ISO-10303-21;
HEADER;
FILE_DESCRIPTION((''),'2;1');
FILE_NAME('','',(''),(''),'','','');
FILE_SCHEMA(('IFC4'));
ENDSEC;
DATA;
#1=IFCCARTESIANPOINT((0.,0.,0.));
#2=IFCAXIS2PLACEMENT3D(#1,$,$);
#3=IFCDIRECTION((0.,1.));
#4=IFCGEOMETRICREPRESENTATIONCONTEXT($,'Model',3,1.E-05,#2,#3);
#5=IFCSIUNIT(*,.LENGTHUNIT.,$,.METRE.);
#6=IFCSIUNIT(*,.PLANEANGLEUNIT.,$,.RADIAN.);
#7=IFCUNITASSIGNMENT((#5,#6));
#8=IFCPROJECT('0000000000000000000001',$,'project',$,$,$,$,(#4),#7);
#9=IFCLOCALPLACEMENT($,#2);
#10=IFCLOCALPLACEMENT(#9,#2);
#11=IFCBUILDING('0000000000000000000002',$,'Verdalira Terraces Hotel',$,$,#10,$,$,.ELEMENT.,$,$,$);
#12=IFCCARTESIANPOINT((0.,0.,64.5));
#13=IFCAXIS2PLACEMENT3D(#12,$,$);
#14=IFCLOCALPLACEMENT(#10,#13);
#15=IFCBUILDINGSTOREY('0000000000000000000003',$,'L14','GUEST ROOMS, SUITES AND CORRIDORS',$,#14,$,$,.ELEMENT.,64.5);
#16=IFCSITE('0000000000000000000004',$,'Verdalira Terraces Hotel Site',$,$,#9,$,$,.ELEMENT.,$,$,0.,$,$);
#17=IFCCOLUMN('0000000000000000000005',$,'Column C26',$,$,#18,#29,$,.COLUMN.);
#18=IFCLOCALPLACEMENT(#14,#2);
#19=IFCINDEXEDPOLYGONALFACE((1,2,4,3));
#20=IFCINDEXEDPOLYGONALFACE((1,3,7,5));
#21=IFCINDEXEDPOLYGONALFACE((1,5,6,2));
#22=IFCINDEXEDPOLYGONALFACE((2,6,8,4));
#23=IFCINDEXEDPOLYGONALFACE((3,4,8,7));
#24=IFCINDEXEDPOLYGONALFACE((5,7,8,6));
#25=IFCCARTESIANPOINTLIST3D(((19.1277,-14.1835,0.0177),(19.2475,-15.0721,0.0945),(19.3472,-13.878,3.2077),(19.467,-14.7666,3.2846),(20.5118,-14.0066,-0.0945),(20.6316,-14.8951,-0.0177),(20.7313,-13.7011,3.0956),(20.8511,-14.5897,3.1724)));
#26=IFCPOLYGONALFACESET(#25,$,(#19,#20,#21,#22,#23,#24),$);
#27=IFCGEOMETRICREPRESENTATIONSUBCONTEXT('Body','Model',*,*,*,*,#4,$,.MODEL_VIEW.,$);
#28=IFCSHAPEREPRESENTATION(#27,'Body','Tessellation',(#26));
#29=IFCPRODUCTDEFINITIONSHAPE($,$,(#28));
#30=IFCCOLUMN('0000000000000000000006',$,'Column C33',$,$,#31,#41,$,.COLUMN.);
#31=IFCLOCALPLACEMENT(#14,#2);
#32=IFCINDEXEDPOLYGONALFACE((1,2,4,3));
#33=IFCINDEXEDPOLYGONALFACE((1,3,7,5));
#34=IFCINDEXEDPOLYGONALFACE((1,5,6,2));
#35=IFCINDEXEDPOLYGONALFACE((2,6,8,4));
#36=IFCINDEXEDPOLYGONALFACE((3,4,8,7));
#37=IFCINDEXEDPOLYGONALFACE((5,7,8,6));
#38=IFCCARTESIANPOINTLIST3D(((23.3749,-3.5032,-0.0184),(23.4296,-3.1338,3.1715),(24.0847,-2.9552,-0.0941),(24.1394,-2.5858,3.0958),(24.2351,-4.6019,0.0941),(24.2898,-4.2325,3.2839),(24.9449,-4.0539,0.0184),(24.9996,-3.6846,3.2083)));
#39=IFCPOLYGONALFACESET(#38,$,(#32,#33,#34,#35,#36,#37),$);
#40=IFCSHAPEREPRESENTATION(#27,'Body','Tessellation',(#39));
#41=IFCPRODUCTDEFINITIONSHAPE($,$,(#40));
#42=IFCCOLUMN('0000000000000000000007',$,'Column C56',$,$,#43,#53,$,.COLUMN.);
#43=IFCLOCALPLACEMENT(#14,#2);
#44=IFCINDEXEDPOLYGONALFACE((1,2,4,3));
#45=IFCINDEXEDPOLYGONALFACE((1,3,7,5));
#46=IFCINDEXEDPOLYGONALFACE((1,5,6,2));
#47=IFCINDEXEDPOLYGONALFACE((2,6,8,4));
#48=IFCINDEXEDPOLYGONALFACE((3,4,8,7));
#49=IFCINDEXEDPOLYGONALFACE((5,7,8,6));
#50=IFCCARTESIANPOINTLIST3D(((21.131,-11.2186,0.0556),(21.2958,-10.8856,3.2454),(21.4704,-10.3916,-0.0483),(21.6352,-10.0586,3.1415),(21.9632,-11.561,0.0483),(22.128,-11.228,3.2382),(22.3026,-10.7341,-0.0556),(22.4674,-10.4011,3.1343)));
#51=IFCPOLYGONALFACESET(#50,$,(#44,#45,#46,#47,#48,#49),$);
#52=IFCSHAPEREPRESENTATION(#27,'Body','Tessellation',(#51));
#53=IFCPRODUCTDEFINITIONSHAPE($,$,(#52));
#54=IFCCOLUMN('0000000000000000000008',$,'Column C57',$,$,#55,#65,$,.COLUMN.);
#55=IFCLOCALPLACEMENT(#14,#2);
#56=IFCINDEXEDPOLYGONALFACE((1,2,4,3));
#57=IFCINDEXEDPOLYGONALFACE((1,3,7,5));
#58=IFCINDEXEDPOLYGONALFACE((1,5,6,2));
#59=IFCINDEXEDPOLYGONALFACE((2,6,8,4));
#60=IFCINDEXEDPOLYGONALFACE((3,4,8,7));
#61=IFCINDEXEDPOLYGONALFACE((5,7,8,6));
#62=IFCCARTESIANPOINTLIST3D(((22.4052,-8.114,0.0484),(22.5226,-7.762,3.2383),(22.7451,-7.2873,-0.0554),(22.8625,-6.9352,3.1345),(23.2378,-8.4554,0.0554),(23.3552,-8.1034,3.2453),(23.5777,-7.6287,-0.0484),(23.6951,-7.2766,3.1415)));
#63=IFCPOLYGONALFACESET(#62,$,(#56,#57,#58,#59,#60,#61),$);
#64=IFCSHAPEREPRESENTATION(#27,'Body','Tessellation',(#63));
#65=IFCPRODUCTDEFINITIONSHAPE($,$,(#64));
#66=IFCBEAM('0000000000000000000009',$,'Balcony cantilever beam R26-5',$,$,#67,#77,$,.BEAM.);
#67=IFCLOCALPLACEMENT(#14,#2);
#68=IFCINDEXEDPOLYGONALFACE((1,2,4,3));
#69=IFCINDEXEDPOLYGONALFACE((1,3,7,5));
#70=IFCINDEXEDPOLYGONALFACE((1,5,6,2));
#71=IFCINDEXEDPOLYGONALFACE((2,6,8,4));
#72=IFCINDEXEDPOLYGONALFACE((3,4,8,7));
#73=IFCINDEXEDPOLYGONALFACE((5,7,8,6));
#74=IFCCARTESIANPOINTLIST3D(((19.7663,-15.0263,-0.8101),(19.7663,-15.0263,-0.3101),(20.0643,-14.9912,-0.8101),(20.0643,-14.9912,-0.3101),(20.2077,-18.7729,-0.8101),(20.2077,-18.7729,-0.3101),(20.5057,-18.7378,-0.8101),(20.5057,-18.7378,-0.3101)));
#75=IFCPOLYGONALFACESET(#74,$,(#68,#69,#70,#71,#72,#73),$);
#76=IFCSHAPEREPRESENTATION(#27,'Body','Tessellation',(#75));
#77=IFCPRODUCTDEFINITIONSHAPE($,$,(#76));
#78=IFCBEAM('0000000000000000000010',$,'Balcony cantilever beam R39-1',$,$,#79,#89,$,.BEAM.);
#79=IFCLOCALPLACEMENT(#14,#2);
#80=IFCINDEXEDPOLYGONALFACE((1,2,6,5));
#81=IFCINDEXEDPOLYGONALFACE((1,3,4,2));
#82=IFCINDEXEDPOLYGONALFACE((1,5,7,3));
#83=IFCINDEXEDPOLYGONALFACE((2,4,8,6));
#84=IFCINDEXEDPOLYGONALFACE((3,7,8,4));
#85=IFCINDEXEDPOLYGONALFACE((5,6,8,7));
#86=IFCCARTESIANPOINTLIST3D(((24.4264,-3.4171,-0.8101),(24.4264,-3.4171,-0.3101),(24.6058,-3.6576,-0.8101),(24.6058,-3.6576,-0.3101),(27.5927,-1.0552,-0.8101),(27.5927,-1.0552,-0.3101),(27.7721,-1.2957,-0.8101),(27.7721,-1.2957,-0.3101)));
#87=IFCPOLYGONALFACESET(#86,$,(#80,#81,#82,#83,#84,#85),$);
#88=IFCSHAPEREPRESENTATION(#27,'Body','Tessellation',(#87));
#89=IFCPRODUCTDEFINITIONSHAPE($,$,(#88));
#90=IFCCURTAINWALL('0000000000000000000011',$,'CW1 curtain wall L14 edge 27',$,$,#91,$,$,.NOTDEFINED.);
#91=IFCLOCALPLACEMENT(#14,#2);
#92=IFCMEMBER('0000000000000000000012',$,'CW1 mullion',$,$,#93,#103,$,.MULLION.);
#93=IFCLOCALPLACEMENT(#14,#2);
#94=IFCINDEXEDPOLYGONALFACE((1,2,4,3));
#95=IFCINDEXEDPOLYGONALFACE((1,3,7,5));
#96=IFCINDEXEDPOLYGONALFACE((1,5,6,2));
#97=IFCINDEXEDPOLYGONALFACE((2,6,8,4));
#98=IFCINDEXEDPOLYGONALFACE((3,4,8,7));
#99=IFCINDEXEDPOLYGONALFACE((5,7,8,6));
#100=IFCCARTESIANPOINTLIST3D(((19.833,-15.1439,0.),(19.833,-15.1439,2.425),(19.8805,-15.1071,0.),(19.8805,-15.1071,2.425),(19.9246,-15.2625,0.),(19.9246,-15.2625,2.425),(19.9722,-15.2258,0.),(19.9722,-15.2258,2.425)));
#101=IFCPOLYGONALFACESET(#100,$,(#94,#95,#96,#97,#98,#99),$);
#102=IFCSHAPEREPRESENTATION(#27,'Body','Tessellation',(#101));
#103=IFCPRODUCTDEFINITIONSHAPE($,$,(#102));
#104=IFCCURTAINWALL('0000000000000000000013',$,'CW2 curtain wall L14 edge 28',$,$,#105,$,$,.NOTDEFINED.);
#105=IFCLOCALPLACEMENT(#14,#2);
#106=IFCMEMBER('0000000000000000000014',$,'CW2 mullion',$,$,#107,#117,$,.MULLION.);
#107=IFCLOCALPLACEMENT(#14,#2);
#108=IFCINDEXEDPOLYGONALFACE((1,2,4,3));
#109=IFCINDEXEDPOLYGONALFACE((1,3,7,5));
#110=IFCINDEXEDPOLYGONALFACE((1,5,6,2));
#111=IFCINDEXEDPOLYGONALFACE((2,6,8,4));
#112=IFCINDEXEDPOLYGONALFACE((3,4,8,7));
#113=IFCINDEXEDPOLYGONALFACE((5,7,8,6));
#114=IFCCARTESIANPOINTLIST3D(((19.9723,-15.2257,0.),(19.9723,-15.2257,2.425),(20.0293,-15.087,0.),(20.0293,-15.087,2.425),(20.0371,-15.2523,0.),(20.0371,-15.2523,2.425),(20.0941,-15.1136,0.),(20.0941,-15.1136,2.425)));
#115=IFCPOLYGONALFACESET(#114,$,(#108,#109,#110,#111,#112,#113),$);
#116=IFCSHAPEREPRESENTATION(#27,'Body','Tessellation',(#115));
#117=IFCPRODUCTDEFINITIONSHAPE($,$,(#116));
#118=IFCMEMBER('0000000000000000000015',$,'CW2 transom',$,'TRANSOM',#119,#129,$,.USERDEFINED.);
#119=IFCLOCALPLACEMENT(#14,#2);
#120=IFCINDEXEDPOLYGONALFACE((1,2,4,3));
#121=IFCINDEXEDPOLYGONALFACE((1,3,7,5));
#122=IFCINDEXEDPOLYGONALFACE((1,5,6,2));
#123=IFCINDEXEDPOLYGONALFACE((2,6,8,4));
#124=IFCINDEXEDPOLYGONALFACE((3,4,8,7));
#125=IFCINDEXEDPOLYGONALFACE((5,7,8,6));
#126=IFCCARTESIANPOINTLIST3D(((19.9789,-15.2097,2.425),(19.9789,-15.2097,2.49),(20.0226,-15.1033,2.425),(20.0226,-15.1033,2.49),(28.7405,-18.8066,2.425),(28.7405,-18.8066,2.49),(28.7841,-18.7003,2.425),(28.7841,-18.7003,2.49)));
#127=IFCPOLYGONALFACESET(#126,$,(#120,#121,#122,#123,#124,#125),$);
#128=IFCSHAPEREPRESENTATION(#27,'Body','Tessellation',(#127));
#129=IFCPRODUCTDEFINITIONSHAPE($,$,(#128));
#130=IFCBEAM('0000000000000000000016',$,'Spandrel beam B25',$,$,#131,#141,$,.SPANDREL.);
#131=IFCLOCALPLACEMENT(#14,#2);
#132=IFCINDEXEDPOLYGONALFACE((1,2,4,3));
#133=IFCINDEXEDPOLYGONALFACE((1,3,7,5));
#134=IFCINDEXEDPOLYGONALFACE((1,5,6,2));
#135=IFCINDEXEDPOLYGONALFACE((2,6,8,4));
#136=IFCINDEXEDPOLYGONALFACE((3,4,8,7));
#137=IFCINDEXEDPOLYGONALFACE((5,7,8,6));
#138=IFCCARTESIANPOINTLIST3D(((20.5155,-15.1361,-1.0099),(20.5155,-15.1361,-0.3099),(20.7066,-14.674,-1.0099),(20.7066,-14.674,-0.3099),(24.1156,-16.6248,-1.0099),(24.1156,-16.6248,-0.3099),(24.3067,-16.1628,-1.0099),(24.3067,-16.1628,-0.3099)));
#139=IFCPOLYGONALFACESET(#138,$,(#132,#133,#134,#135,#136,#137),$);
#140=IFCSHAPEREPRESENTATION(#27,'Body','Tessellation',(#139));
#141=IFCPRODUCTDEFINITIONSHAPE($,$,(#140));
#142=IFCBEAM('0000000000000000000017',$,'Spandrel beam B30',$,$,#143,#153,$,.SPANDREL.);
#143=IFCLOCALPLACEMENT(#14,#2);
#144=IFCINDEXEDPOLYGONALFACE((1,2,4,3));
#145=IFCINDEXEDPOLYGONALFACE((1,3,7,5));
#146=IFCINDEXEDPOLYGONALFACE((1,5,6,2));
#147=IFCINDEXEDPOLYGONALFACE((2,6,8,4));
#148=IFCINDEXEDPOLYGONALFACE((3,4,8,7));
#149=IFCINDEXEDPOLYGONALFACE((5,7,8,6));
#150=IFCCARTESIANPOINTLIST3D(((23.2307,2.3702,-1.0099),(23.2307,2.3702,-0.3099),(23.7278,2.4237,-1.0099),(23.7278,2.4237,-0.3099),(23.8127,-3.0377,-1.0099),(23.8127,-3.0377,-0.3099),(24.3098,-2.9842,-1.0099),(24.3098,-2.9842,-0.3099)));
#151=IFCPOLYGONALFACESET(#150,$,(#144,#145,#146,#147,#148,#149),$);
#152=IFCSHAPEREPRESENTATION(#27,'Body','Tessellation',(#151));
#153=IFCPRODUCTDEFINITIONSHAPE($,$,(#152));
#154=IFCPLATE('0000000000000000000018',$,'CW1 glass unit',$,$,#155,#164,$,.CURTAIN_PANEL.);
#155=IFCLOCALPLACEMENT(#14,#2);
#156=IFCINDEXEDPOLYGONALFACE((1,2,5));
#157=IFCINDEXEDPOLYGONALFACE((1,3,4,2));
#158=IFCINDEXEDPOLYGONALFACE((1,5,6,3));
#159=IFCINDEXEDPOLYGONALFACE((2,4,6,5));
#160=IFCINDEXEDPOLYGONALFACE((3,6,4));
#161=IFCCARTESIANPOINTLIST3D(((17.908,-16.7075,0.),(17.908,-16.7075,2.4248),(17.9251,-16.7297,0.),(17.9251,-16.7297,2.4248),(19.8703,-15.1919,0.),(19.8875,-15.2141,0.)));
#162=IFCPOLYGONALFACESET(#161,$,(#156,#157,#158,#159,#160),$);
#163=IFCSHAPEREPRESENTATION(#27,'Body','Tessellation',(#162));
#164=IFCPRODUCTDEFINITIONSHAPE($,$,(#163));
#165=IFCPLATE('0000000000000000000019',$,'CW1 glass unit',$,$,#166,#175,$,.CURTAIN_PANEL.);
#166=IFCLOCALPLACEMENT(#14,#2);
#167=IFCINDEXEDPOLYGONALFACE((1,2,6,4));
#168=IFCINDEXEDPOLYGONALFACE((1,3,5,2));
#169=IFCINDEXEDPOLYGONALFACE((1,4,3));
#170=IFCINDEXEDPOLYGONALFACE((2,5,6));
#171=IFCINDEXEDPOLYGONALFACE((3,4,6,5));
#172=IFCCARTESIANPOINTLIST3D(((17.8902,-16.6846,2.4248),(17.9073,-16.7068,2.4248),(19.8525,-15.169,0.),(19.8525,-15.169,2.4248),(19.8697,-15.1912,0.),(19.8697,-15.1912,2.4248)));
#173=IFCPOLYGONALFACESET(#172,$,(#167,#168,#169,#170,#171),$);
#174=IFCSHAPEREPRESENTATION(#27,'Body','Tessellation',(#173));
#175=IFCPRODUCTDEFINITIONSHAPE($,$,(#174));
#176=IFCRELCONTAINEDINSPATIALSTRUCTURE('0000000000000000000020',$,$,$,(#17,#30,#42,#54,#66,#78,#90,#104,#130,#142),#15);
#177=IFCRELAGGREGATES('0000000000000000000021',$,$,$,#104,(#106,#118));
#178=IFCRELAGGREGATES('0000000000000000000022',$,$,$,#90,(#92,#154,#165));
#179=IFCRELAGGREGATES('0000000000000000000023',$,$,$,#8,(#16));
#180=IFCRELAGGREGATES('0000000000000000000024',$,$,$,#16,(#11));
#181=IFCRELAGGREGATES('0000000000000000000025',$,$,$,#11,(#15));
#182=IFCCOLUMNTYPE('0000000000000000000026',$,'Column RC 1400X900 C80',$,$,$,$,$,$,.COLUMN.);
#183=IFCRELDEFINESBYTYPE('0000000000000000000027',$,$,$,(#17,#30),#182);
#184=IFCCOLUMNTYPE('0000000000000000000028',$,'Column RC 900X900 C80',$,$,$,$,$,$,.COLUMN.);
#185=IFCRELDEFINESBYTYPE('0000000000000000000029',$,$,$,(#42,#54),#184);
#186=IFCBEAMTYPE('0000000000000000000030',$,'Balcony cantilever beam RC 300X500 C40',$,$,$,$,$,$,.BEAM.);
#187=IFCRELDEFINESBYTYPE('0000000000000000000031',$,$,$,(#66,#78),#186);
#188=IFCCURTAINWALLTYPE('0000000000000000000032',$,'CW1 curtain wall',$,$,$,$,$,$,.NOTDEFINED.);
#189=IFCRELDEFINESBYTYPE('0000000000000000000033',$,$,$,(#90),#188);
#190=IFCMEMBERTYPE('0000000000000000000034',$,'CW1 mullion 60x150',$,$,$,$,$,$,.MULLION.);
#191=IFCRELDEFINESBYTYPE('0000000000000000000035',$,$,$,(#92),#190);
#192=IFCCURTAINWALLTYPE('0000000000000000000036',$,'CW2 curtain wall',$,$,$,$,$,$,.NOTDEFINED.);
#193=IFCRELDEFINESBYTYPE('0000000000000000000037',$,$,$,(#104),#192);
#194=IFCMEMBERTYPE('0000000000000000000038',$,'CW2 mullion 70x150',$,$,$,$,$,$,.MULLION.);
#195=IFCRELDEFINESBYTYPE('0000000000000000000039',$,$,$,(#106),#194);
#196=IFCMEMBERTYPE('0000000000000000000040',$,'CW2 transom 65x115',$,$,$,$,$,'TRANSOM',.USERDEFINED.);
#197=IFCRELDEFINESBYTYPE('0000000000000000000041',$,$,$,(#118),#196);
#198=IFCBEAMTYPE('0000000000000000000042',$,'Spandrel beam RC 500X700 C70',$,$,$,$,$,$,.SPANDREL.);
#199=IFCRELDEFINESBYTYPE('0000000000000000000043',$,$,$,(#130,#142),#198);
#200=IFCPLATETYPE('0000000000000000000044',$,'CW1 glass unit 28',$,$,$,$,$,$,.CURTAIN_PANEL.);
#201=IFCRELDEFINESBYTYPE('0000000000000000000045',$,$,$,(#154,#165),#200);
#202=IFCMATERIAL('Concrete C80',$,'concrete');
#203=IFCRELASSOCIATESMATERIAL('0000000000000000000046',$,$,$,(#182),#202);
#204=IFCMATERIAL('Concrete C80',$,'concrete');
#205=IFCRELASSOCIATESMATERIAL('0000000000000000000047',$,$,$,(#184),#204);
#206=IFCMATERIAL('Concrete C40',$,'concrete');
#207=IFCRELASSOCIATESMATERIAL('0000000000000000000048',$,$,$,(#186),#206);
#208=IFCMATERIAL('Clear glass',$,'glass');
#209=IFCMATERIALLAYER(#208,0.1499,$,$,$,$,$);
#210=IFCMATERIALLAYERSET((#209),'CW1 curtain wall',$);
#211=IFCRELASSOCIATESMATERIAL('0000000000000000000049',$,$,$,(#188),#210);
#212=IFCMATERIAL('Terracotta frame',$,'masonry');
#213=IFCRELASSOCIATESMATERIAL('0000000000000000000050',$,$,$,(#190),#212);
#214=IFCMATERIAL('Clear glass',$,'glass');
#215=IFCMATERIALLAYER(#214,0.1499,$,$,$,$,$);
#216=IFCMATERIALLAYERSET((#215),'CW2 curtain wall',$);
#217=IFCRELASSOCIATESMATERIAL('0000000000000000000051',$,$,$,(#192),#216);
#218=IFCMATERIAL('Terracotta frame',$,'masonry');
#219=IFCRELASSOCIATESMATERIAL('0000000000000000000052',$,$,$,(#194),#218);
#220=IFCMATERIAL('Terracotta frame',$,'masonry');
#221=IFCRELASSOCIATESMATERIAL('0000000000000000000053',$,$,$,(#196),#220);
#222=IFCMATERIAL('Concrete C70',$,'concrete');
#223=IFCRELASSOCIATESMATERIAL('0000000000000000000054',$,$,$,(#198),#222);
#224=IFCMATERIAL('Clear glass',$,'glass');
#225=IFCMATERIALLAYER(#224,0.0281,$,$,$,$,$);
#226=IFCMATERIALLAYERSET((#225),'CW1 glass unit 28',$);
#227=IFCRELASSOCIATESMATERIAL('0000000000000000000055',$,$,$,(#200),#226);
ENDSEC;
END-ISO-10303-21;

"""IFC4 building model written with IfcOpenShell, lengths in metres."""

from ifc_helpers import new_model, si_unit, direction, frame, origin, origin_2d, place, context, subcontext, project, spatial, polyline, rectangle, outline, extrude, material, layer, layer_set, material_profile, profile_set, type_object, element, aggregate, save


model = new_model("IFC4")

# Units and contexts
model_context = context("Model", 3, precision=1e-05, world=origin(), true_north=direction((0.0, 1.0)))
body_context = subcontext(model_context, "Body", "Model", "MODEL_VIEW")
ifc_project = project(units=[si_unit("LENGTHUNIT", "METRE"), si_unit("PLANEANGLEUNIT", "RADIAN")], contexts=[model_context])

# Site, building, storey
site_placement = place(None, origin())
site = spatial("IfcSite", under=ifc_project, at=site_placement, Name="Verdalira Terraces Hotel Site", CompositionType="ELEMENT", RefElevation=0.0)
building_placement = place(site_placement, origin())
building = spatial("IfcBuilding", under=site, at=building_placement, Name="Verdalira Terraces Hotel", CompositionType="ELEMENT")
storey_placement = place(building_placement, frame((0.0, 0.0, 64.5)))
storey = spatial("IfcBuildingStorey", under=building, at=storey_placement, Name="L14", Description="GUEST ROOMS, SUITES AND CORRIDORS", CompositionType="ELEMENT", Elevation=64.5)

# Columns
ifc_material_1 = material(Name="Concrete C80", Category="concrete")
ifc_material_profile_1 = material_profile(ifc_material_1, rectangle(XDim=1.3999, YDim=0.8999, at=origin_2d()), Name="RC 1400X900")
ifc_profile_set_1 = profile_set([ifc_material_profile_1], Name="Concrete C80")
column_type_1 = type_object("IfcColumnType", Name="Column RC 1400X900 C80", PredefinedType="COLUMN", material=ifc_profile_set_1)
column_1_placement = place(storey_placement, frame((19.8796, -14.5393, 0.0), z_axis=(0.068331, 0.095086, 0.993121), x_axis=(-0.988741, -0.126373, 0.080129)))
element("IfcColumn", 1, at=column_1_placement, inside=storey, type_object=column_type_1, Name="Column C26", PredefinedType="COLUMN", context=body_context, shape_type="SweptSolid", body=[
    extrude(rectangle(XDim=1.3999, YDim=0.8999, at=origin_2d()), origin(), (0.0, 0.0, 1.0), 3.2122),
])
column_2_placement = place(storey_placement, frame((24.1599, -3.7786, 0.0), z_axis=(0.017027, 0.115011, 0.993218), x_axis=(0.614451, -0.784853, 0.080349)))
element("IfcColumn", 2, at=column_2_placement, inside=storey, type_object=column_type_1, Name="Column C33", PredefinedType="COLUMN", context=body_context, shape_type="SweptSolid", body=[
    extrude(rectangle(XDim=1.3999, YDim=0.8999, at=origin_2d()), origin(), (0.0, 0.0, 1.0), 3.2117),
])
ifc_material_2 = material(Name="Concrete C80", Category="concrete")
ifc_material_profile_2 = material_profile(ifc_material_2, rectangle(XDim=0.8999, YDim=0.8999, at=origin_2d()), Name="RC 900X900")
ifc_profile_set_2 = profile_set([ifc_material_profile_2], Name="Concrete C80")
column_type_2 = type_object("IfcColumnType", Name="Column RC 900X900 C80", PredefinedType="COLUMN", material=ifc_profile_set_2)
for number, where, z_axis, x_axis, name in (
    (3, (21.7168, -10.9763, 0.0), (0.051314, 0.103692, 0.993285), (0.92472, -0.380563, -0.008044), "Column C56"),
    (4, (22.9915, -7.8713, 0.0), (0.036566, 0.109623, 0.9933), (0.925211, -0.379373, 0.007809), "Column C57"),
):
    element("IfcColumn", number, at=place(storey_placement, frame(where, z_axis=z_axis, x_axis=x_axis)), inside=storey, type_object=column_type_2, Name=name, PredefinedType="COLUMN", context=body_context, shape_type="SweptSolid", body=[
        extrude(rectangle(XDim=0.8999, YDim=0.8999, at=origin_2d()), origin(), (0.0, 0.0, 1.0), 3.2114),
    ])

# Beams
ifc_material_3 = material(Name="Concrete C40", Category="concrete")
ifc_material_profile_3 = material_profile(ifc_material_3, rectangle(XDim=0.3, YDim=0.5, at=origin_2d()), Name="RC 300X500")
ifc_profile_set_3 = profile_set([ifc_material_profile_3], Name="Concrete C40")
beam_type_1 = type_object("IfcBeamType", Name="Balcony cantilever beam RC 300X500 C40", PredefinedType="BEAM", material=ifc_profile_set_3)
beam_1_placement = place(storey_placement, frame((19.9153, -15.0088, -0.5601), z_axis=(0.117006, -0.993131, 0.0), x_axis=(0.993131, 0.117006, 0.0)))
element("IfcBeam", 5, at=beam_1_placement, inside=storey, type_object=beam_type_1, Name="Balcony cantilever beam R26-5", PredefinedType="BEAM", context=body_context, shape_type="SweptSolid", body=[
    extrude(rectangle(XDim=0.3, YDim=0.5, at=origin_2d()), origin(), (0.0, 0.0, 1.0), 3.7725),
])
beam_2_placement = place(storey_placement, frame((24.5161, -3.5374, -0.5601), z_axis=(0.801562, 0.597911, 0.0), x_axis=(-0.597911, 0.801562, 0.0)))
element("IfcBeam", 6, at=beam_2_placement, inside=storey, type_object=beam_type_1, Name="Balcony cantilever beam R39-1", PredefinedType="BEAM", context=body_context, shape_type="SweptSolid", body=[
    extrude(rectangle(XDim=0.3, YDim=0.5, at=origin_2d()), origin(), (0.0, 0.0, 1.0), 3.9502),
])

# Curtain wall, member
ifc_material_4 = material(Name="Clear glass", Category="glass")
ifc_layer_1 = layer(ifc_material_4, 0.1499)
ifc_layer_set_1 = layer_set([ifc_layer_1], Name="CW1 curtain wall")
curtain_wall_type_1 = type_object("IfcCurtainWallType", Name="CW1 curtain wall", PredefinedType="NOTDEFINED", material=ifc_layer_set_1)
curtain_wall_1_placement = place(storey_placement, origin())
curtain_wall_1 = element("IfcCurtainWall", 7, at=curtain_wall_1_placement, inside=storey, type_object=curtain_wall_type_1, Name="CW1 curtain wall L14 edge 27", PredefinedType="NOTDEFINED")
ifc_material_5 = material(Name="Terracotta frame", Category="masonry")
ifc_material_profile_4 = material_profile(ifc_material_5, rectangle(XDim=0.0601, YDim=0.1499, at=origin_2d()), Name="MU 60x150")
ifc_profile_set_4 = profile_set([ifc_material_profile_4], Name="Terracotta frame")
member_type_1 = type_object("IfcMemberType", Name="CW1 mullion 60x150", PredefinedType="MULLION", material=ifc_profile_set_4)
member_1_placement = place(storey_placement, frame((19.9026, -15.1848, 0.0), z_axis=(0.0, 0.0, 1.0), x_axis=(0.791437, 0.611251, 0.0)))
member_1 = element("IfcMember", 8, at=member_1_placement, type_object=member_type_1, Name="CW1 mullion", PredefinedType="MULLION", context=body_context, shape_type="SweptSolid", body=[
    extrude(rectangle(XDim=0.0601, YDim=0.1499, at=origin_2d()), origin(), (0.0, 0.0, 1.0), 2.425),
])

# Curtain wall, members
ifc_material_6 = material(Name="Clear glass", Category="glass")
ifc_layer_2 = layer(ifc_material_6, 0.1499)
ifc_layer_set_2 = layer_set([ifc_layer_2], Name="CW2 curtain wall")
curtain_wall_type_2 = type_object("IfcCurtainWallType", Name="CW2 curtain wall", PredefinedType="NOTDEFINED", material=ifc_layer_set_2)
curtain_wall_2_placement = place(storey_placement, origin())
curtain_wall_2 = element("IfcCurtainWall", 9, at=curtain_wall_2_placement, inside=storey, type_object=curtain_wall_type_2, Name="CW2 curtain wall L14 edge 28", PredefinedType="NOTDEFINED")
ifc_material_7 = material(Name="Terracotta frame", Category="masonry")
ifc_material_profile_5 = material_profile(ifc_material_7, rectangle(XDim=0.0701, YDim=0.1499, at=origin_2d()), Name="MU 70x150")
ifc_profile_set_5 = profile_set([ifc_material_profile_5], Name="Terracotta frame")
member_type_2 = type_object("IfcMemberType", Name="CW2 mullion 70x150", PredefinedType="MULLION", material=ifc_profile_set_5)
member_2_placement = place(storey_placement, frame((20.0332, -15.1697, 0.0), z_axis=(0.0, 0.0, 1.0), x_axis=(0.925077, -0.379779, 0.0)))
member_2 = element("IfcMember", 10, at=member_2_placement, type_object=member_type_2, Name="CW2 mullion", PredefinedType="MULLION", context=body_context, shape_type="SweptSolid", body=[
    extrude(rectangle(XDim=0.0701, YDim=0.1499, at=origin_2d()), origin(), (0.0, 0.0, 1.0), 2.425),
])
ifc_material_8 = material(Name="Terracotta frame", Category="masonry")
ifc_material_profile_6 = material_profile(ifc_material_8, rectangle(XDim=0.115, YDim=0.0649, at=origin_2d()), Name="TR 65x115")
ifc_profile_set_6 = profile_set([ifc_material_profile_6], Name="Terracotta frame")
member_type_3 = type_object("IfcMemberType", Name="CW2 transom 65x115", ElementType="TRANSOM", PredefinedType="USERDEFINED", material=ifc_profile_set_6)
member_3_placement = place(storey_placement, frame((20.0007, -15.1565, 2.4575), z_axis=(0.925077, -0.37978, 0.0), x_axis=(0.37978, 0.925077, 0.0)))
member_3 = element("IfcMember", 11, at=member_3_placement, type_object=member_type_3, Name="CW2 transom", ObjectType="TRANSOM", PredefinedType="USERDEFINED", context=body_context, shape_type="SweptSolid", body=[
    extrude(rectangle(XDim=0.115, YDim=0.0649, at=origin_2d()), origin(), (0.0, 0.0, 1.0), 9.4712),
])
aggregate(curtain_wall_2, [member_2, member_3])

# Beams
ifc_material_9 = material(Name="Concrete C70", Category="concrete")
ifc_material_profile_7 = material_profile(ifc_material_9, rectangle(XDim=0.5, YDim=0.7, at=origin_2d()), Name="RC 500X700")
ifc_profile_set_7 = profile_set([ifc_material_profile_7], Name="Concrete C70")
beam_type_2 = type_object("IfcBeamType", Name="Spandrel beam RC 500X700 C70", PredefinedType="SPANDREL", material=ifc_profile_set_7)
beam_3_placement = place(storey_placement, frame((20.6111, -14.905, -0.6599), z_axis=(0.924101, -0.382149, 0.0), x_axis=(0.382149, 0.924101, 0.0)))
element("IfcBeam", 12, at=beam_3_placement, inside=storey, type_object=beam_type_2, Name="Spandrel beam B25", PredefinedType="SPANDREL", context=body_context, shape_type="SweptSolid", body=[
    extrude(rectangle(XDim=0.5, YDim=0.7, at=origin_2d()), origin(), (0.0, 0.0, 1.0), 3.8958),
])
beam_4_placement = place(storey_placement, frame((24.0613, -3.011, -0.6599), z_axis=(-0.107007, 0.994258, 0.0), x_axis=(-0.994258, -0.107007, 0.0)))
element("IfcBeam", 13, at=beam_4_placement, inside=storey, type_object=beam_type_2, Name="Spandrel beam B30", PredefinedType="SPANDREL", context=body_context, shape_type="SweptSolid", body=[
    extrude(rectangle(XDim=0.5, YDim=0.7, at=origin_2d()), origin(), (0.0, 0.0, 1.0), 5.4392),
])

# Plates
ifc_material_10 = material(Name="Clear glass", Category="glass")
ifc_layer_3 = layer(ifc_material_10, 0.0281)
ifc_layer_set_3 = layer_set([ifc_layer_3], Name="CW1 glass unit 28")
plate_type = type_object("IfcPlateType", Name="CW1 glass unit 28", PredefinedType="CURTAIN_PANEL", material=ifc_layer_set_3)
plate_1_placement = place(storey_placement, frame((18.8892, -15.9497, 1.2124), z_axis=(0.611251, -0.791437, 0.0), x_axis=(0.791437, 0.611251, 0.0)))
plate_1 = element("IfcPlate", 14, at=plate_1_placement, type_object=plate_type, Name="CW1 glass unit", PredefinedType="CURTAIN_PANEL", context=body_context, shape_type="SweptSolid", body=[
    extrude(outline(polyline([(-1.2397, -1.2124), (1.2397, -1.2124), (-1.2397, 1.2124), (-1.2397, -1.2124)])), origin(), (0.0, 0.0, 1.0), 0.0281),
])
plate_2_placement = place(storey_placement, frame((18.8713, -15.9268, 1.2124), z_axis=(0.611251, -0.791437, 0.0), x_axis=(0.791437, 0.611251, 0.0)))
plate_2 = element("IfcPlate", 15, at=plate_2_placement, type_object=plate_type, Name="CW1 glass unit", PredefinedType="CURTAIN_PANEL", context=body_context, shape_type="SweptSolid", body=[
    extrude(outline(polyline([(1.2397, -1.2124), (1.2397, 1.2124), (-1.2397, 1.2124), (1.2397, -1.2124)])), origin(), (0.0, 0.0, 1.0), 0.0281),
])
aggregate(curtain_wall_1, [member_1, plate_1, plate_2])

save(model, "model.ifc")
